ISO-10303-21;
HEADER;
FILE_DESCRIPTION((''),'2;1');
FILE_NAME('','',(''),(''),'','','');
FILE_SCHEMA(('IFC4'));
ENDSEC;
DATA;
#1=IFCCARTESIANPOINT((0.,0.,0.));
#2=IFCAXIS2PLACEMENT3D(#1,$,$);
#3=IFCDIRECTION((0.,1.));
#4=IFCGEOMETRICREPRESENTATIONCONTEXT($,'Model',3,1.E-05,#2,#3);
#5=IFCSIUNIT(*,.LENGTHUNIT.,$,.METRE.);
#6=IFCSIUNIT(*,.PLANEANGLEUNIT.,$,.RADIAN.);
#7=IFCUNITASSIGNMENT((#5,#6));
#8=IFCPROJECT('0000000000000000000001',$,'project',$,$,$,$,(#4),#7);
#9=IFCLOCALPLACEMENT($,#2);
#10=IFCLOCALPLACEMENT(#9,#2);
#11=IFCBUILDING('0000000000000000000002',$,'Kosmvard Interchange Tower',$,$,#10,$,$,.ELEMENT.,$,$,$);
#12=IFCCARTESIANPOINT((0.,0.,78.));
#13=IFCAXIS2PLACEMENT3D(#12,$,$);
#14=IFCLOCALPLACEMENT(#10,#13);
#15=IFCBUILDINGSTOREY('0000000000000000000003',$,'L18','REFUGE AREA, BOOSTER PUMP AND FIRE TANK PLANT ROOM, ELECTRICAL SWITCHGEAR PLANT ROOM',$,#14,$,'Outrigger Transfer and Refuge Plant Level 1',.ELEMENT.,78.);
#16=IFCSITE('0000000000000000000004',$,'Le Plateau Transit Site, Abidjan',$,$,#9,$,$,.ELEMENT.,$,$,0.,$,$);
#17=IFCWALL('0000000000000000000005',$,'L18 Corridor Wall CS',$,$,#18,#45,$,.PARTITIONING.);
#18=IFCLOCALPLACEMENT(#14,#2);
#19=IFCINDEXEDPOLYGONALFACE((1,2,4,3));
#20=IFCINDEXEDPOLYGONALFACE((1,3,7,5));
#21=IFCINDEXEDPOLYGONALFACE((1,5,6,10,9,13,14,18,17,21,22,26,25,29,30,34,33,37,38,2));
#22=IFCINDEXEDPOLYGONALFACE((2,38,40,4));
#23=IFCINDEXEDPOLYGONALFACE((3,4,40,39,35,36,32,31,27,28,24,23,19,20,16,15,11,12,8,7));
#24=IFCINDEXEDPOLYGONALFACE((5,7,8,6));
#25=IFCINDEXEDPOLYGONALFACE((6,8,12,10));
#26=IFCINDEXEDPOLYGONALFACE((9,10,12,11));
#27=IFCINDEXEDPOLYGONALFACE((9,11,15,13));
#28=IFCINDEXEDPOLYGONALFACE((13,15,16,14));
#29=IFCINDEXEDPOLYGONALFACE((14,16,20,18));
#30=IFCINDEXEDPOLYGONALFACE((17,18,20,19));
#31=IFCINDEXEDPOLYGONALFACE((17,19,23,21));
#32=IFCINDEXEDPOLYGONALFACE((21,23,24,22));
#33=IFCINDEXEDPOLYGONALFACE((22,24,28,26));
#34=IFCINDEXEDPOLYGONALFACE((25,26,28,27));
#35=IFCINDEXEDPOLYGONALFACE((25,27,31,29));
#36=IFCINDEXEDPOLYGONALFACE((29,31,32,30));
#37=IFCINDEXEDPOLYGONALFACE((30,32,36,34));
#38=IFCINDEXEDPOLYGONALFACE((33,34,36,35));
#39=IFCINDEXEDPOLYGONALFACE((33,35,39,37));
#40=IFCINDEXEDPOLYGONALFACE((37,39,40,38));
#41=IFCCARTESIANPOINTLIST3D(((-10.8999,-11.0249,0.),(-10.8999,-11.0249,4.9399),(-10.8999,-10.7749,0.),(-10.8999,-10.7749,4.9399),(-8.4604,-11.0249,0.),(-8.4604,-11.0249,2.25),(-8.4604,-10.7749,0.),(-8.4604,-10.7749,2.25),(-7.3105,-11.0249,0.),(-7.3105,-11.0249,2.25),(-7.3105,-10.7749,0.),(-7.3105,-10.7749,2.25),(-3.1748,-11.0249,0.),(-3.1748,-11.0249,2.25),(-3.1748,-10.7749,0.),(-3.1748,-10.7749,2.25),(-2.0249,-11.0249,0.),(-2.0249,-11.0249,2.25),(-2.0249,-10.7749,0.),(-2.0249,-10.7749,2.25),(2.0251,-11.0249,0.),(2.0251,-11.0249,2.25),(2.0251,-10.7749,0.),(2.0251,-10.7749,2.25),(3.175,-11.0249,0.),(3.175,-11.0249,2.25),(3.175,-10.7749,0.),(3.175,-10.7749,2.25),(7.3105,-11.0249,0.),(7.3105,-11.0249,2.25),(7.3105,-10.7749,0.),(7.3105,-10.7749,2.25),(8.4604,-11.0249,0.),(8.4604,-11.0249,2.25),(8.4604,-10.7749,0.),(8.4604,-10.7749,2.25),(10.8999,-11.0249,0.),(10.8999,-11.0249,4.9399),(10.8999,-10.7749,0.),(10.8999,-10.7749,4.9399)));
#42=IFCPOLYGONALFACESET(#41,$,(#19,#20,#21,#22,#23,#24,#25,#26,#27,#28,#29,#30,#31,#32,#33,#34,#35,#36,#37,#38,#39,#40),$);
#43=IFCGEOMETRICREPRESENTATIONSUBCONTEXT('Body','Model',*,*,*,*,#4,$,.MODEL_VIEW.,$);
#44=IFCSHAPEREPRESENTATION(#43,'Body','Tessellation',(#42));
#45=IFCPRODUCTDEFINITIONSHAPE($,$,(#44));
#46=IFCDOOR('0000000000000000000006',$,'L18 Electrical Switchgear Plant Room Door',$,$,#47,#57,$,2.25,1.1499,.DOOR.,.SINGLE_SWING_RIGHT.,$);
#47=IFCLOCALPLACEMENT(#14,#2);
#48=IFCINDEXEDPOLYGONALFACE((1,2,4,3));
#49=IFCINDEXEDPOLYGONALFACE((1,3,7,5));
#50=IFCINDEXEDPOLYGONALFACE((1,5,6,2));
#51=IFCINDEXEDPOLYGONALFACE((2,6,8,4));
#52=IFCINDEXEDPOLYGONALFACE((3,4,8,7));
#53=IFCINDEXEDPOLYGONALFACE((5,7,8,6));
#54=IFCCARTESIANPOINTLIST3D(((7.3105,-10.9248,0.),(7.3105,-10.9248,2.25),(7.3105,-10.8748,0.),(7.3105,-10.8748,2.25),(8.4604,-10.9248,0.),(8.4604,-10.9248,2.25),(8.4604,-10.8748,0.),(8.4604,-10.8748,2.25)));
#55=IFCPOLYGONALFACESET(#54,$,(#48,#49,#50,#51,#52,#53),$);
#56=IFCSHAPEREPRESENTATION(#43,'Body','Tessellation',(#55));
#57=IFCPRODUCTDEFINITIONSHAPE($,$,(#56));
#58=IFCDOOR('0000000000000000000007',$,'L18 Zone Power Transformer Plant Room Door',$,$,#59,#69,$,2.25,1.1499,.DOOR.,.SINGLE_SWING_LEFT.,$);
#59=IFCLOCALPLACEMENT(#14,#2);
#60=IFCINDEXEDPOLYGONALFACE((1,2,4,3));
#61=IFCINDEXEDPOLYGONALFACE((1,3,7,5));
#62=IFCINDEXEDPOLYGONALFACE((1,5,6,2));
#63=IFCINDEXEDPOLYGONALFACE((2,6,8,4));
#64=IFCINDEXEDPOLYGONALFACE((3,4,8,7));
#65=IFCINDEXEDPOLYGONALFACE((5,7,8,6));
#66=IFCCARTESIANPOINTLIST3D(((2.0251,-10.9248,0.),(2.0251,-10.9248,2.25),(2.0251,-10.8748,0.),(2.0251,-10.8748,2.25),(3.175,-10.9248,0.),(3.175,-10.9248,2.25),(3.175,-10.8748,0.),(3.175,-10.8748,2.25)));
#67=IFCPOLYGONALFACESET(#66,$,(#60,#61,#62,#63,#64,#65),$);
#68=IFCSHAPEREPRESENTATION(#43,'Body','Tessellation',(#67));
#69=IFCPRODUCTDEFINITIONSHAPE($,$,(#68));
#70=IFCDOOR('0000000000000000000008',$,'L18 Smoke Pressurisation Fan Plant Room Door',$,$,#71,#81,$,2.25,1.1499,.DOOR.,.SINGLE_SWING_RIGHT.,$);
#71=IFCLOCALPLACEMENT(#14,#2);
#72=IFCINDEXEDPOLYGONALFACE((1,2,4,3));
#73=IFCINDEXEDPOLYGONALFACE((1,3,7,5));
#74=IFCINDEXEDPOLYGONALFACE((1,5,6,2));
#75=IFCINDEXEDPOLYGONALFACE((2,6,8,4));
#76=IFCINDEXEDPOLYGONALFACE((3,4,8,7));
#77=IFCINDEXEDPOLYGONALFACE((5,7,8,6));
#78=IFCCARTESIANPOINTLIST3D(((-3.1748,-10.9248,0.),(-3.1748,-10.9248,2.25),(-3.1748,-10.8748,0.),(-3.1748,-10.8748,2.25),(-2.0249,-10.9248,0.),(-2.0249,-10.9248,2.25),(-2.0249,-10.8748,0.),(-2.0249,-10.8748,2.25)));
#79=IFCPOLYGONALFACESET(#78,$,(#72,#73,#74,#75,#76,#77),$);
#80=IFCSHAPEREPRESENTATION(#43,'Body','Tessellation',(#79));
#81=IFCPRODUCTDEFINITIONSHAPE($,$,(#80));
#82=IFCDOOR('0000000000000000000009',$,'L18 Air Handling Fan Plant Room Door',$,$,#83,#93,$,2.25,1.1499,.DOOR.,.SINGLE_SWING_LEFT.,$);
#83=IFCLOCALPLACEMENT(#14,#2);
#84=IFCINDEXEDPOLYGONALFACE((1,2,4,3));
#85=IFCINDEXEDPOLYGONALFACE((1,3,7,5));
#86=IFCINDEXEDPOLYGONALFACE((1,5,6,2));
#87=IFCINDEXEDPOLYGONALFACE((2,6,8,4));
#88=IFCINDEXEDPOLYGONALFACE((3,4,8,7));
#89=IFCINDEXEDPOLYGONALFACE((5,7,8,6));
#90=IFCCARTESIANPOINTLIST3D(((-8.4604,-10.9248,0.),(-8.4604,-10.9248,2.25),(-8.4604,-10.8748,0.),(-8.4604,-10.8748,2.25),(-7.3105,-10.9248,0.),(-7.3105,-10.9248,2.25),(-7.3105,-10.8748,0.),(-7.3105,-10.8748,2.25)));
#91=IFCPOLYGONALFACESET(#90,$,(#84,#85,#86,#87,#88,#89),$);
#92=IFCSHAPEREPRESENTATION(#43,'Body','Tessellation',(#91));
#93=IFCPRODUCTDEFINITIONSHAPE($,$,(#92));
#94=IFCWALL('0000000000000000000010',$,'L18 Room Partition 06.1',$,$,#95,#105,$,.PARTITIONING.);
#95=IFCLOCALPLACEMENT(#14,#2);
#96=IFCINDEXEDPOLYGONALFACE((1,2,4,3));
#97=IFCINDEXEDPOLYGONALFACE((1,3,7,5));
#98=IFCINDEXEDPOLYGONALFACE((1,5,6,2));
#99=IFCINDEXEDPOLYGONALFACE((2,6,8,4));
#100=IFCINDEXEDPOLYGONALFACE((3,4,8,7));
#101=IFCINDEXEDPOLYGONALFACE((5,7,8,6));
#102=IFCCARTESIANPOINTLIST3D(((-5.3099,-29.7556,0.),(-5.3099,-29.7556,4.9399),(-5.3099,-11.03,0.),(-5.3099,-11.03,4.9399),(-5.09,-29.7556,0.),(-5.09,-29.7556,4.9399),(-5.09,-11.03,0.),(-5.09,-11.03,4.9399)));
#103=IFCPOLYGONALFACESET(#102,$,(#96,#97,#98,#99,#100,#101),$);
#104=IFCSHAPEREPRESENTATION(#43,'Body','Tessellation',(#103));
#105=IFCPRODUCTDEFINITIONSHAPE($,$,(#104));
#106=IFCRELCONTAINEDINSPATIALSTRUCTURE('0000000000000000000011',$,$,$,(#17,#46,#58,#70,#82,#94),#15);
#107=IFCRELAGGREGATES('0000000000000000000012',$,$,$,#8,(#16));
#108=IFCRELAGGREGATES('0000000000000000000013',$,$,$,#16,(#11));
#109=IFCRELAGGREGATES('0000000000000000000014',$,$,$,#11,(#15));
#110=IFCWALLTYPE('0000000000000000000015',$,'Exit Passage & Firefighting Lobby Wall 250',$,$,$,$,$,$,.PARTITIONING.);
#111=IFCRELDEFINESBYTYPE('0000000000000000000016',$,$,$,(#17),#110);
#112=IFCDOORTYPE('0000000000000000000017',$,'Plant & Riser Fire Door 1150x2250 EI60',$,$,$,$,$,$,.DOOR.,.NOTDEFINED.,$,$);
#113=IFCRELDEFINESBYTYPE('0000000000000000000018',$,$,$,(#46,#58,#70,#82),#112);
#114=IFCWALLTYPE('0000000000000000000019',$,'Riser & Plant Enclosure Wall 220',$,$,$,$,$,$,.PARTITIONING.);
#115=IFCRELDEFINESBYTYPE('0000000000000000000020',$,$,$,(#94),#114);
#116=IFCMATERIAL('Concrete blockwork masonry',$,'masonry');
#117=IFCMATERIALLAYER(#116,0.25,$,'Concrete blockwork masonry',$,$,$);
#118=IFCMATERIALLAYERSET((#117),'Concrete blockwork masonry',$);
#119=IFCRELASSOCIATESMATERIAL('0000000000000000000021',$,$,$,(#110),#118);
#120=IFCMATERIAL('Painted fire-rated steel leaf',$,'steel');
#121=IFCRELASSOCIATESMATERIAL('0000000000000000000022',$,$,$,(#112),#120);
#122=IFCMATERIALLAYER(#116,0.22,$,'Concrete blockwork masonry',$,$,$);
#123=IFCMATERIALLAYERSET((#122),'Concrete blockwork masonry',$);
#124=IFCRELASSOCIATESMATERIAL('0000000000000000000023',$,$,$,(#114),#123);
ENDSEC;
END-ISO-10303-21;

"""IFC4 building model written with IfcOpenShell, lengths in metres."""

from ifc_helpers import new_model, si_unit, direction, frame, frame_2d, origin, place, context, subcontext, project, spatial, rectangle, extrude, source, transform, mapped, material, layer, layer_set, type_object, element, fill, save


model = new_model("IFC4")

# Units and contexts
model_context = context("Model", 3, precision=1e-05, world=origin(), true_north=direction((0.0, 1.0)))
body_context = subcontext(model_context, "Body", "Model", "MODEL_VIEW")
ifc_project = project(units=[si_unit("LENGTHUNIT", "METRE"), si_unit("PLANEANGLEUNIT", "RADIAN")], contexts=[model_context])

# Site, building, storey
site_placement = place(None, origin())
site = spatial("IfcSite", under=ifc_project, at=site_placement, Name="Le Plateau Transit Site, Abidjan", CompositionType="ELEMENT", RefElevation=0.0)
building_placement = place(site_placement, origin())
building = spatial("IfcBuilding", under=site, at=building_placement, Name="Kosmvard Interchange Tower", CompositionType="ELEMENT")
storey_placement = place(building_placement, frame((0.0, 0.0, 78.0)))
storey = spatial("IfcBuildingStorey", under=building, at=storey_placement, Name="L18", Description="REFUGE AREA, BOOSTER PUMP AND FIRE TANK PLANT ROOM, ELECTRICAL SWITCHGEAR PLANT ROOM", LongName="Outrigger Transfer and Refuge Plant Level 1", CompositionType="ELEMENT", Elevation=78.0)

# Wall, openings, doors
ifc_material_1 = material(Name="Concrete blockwork masonry", Category="masonry")
ifc_layer_1 = layer(ifc_material_1, 0.25, Name="Concrete blockwork masonry")
ifc_layer_set_1 = layer_set([ifc_layer_1], Name="Concrete blockwork masonry")
wall_type_1 = type_object("IfcWallType", Name="Exit Passage & Firefighting Lobby Wall 250", PredefinedType="PARTITIONING", material=ifc_layer_set_1)
wall_1_placement = place(storey_placement, frame((-10.8999, -10.8999, 0.0), z_axis=(0.0, 0.0, 1.0), x_axis=(1.0, 0.0, 0.0)))
wall_1 = element("IfcWall", 1, at=wall_1_placement, inside=storey, type_object=wall_type_1, Name="L18 Corridor Wall CS", PredefinedType="PARTITIONING", context=body_context, shape_type="SweptSolid", body=[
    extrude(rectangle(XDim=21.7998, YDim=0.25, at=frame_2d((10.8999, 0.0))), origin(), (0.0, 0.0, 1.0), 4.9399),
])
opening_1_placement = place(wall_1_placement, frame((18.2104, 0.0, 0.0)))
opening_1 = element("IfcOpeningElement", 2, at=opening_1_placement, cuts=wall_1, PredefinedType="OPENING", context=body_context, shape_type="SweptSolid", body=[
    extrude(rectangle(XDim=1.1499, YDim=2.25, at=frame_2d((0.575, 1.125))), frame((0.0, 0.135, 0.0), z_axis=(0.0, -1.0, 0.0), x_axis=(1.0, 0.0, 0.0)), (0.0, 0.0, 1.0), 0.27),
])
opening_2_placement = place(wall_1_placement, frame((12.925, 0.0, 0.0)))
opening_2 = element("IfcOpeningElement", 3, at=opening_2_placement, cuts=wall_1, PredefinedType="OPENING", context=body_context, shape_type="SweptSolid", body=[
    extrude(rectangle(XDim=1.1499, YDim=2.25, at=frame_2d((0.575, 1.125))), frame((0.0, 0.135, 0.0), z_axis=(0.0, -1.0, 0.0), x_axis=(1.0, 0.0, 0.0)), (0.0, 0.0, 1.0), 0.27),
])
opening_3_placement = place(wall_1_placement, frame((7.7251, 0.0, 0.0)))
opening_3 = element("IfcOpeningElement", 4, at=opening_3_placement, cuts=wall_1, PredefinedType="OPENING", context=body_context, shape_type="SweptSolid", body=[
    extrude(rectangle(XDim=1.1499, YDim=2.25, at=frame_2d((0.575, 1.125))), frame((0.0, 0.135, 0.0), z_axis=(0.0, -1.0, 0.0), x_axis=(1.0, 0.0, 0.0)), (0.0, 0.0, 1.0), 0.27),
])
opening_4_placement = place(wall_1_placement, frame((2.4395, 0.0, 0.0)))
opening_4 = element("IfcOpeningElement", 5, at=opening_4_placement, cuts=wall_1, PredefinedType="OPENING", context=body_context, shape_type="SweptSolid", body=[
    extrude(rectangle(XDim=1.1499, YDim=2.25, at=frame_2d((0.575, 1.125))), frame((0.0, 0.135, 0.0), z_axis=(0.0, -1.0, 0.0), x_axis=(1.0, 0.0, 0.0)), (0.0, 0.0, 1.0), 0.27),
])
ifc_material_2 = material(Name="Painted fire-rated steel leaf", Category="steel")
door_type = type_object("IfcDoorType", Name="Plant & Riser Fire Door 1150x2250 EI60", OperationType="NOTDEFINED", PredefinedType="DOOR", material=ifc_material_2)
shared_shape_1 = source(origin(), body_context, "Body", "SweptSolid", [
    extrude(rectangle(XDim=1.1499, YDim=2.25, at=frame_2d((0.575, 1.125))), frame((0.0, 0.0249, 0.0), z_axis=(0.0, -1.0, 0.0), x_axis=(1.0, 0.0, 0.0)), (0.0, 0.0, 1.0), 0.05),
])
door_1_placement = place(opening_1_placement, frame((1.1499, 0.0, 0.0), z_axis=(0.0, 0.0, 1.0), x_axis=(-1.0, 0.0, 0.0)))
door_1 = element("IfcDoor", 6, at=door_1_placement, inside=storey, type_object=door_type, Name="L18 Electrical Switchgear Plant Room Door", OperationType="SINGLE_SWING_RIGHT", OverallHeight=2.25, OverallWidth=1.1499, PredefinedType="DOOR", context=body_context, shape_type="MappedRepresentation", body=[
    mapped(shared_shape_1, transform((0.0, 0.0, 0.0), scale=1.0)),
])
fill(opening_1, door_1)
door_2_placement = place(opening_2_placement, frame((1.1499, 0.0, 0.0), z_axis=(0.0, 0.0, 1.0), x_axis=(-1.0, 0.0, 0.0)))
door_2 = element("IfcDoor", 7, at=door_2_placement, inside=storey, type_object=door_type, Name="L18 Zone Power Transformer Plant Room Door", OperationType="SINGLE_SWING_LEFT", OverallHeight=2.25, OverallWidth=1.1499, PredefinedType="DOOR", context=body_context, shape_type="MappedRepresentation", body=[
    mapped(shared_shape_1, transform((0.0, 0.0, 0.0), scale=1.0)),
])
fill(opening_2, door_2)
door_3_placement = place(opening_3_placement, frame((1.1499, 0.0, 0.0), z_axis=(0.0, 0.0, 1.0), x_axis=(-1.0, 0.0, 0.0)))
door_3 = element("IfcDoor", 8, at=door_3_placement, inside=storey, type_object=door_type, Name="L18 Smoke Pressurisation Fan Plant Room Door", OperationType="SINGLE_SWING_RIGHT", OverallHeight=2.25, OverallWidth=1.1499, PredefinedType="DOOR", context=body_context, shape_type="MappedRepresentation", body=[
    mapped(shared_shape_1, transform((0.0, 0.0, 0.0), scale=1.0)),
])
fill(opening_3, door_3)
door_4_placement = place(opening_4_placement, frame((1.1499, 0.0, 0.0), z_axis=(0.0, 0.0, 1.0), x_axis=(-1.0, 0.0, 0.0)))
door_4 = element("IfcDoor", 9, at=door_4_placement, inside=storey, type_object=door_type, Name="L18 Air Handling Fan Plant Room Door", OperationType="SINGLE_SWING_LEFT", OverallHeight=2.25, OverallWidth=1.1499, PredefinedType="DOOR", context=body_context, shape_type="MappedRepresentation", body=[
    mapped(shared_shape_1, transform((0.0, 0.0, 0.0), scale=1.0)),
])
fill(opening_4, door_4)

# Wall
ifc_layer_2 = layer(ifc_material_1, 0.22, Name="Concrete blockwork masonry")
ifc_layer_set_2 = layer_set([ifc_layer_2], Name="Concrete blockwork masonry")
wall_type_2 = type_object("IfcWallType", Name="Riser & Plant Enclosure Wall 220", PredefinedType="PARTITIONING", material=ifc_layer_set_2)
wall_2_placement = place(storey_placement, frame((-5.2, -11.03, 0.0), z_axis=(0.0, 0.0, 1.0), x_axis=(0.0, -1.0, 0.0)))
element("IfcWall", 10, at=wall_2_placement, inside=storey, type_object=wall_type_2, Name="L18 Room Partition 06.1", PredefinedType="PARTITIONING", context=body_context, shape_type="SweptSolid", body=[
    extrude(rectangle(XDim=18.7256, YDim=0.22, at=frame_2d((9.3628, 0.0))), origin(), (0.0, 0.0, 1.0), 4.9399),
])

save(model, "model.ifc")
